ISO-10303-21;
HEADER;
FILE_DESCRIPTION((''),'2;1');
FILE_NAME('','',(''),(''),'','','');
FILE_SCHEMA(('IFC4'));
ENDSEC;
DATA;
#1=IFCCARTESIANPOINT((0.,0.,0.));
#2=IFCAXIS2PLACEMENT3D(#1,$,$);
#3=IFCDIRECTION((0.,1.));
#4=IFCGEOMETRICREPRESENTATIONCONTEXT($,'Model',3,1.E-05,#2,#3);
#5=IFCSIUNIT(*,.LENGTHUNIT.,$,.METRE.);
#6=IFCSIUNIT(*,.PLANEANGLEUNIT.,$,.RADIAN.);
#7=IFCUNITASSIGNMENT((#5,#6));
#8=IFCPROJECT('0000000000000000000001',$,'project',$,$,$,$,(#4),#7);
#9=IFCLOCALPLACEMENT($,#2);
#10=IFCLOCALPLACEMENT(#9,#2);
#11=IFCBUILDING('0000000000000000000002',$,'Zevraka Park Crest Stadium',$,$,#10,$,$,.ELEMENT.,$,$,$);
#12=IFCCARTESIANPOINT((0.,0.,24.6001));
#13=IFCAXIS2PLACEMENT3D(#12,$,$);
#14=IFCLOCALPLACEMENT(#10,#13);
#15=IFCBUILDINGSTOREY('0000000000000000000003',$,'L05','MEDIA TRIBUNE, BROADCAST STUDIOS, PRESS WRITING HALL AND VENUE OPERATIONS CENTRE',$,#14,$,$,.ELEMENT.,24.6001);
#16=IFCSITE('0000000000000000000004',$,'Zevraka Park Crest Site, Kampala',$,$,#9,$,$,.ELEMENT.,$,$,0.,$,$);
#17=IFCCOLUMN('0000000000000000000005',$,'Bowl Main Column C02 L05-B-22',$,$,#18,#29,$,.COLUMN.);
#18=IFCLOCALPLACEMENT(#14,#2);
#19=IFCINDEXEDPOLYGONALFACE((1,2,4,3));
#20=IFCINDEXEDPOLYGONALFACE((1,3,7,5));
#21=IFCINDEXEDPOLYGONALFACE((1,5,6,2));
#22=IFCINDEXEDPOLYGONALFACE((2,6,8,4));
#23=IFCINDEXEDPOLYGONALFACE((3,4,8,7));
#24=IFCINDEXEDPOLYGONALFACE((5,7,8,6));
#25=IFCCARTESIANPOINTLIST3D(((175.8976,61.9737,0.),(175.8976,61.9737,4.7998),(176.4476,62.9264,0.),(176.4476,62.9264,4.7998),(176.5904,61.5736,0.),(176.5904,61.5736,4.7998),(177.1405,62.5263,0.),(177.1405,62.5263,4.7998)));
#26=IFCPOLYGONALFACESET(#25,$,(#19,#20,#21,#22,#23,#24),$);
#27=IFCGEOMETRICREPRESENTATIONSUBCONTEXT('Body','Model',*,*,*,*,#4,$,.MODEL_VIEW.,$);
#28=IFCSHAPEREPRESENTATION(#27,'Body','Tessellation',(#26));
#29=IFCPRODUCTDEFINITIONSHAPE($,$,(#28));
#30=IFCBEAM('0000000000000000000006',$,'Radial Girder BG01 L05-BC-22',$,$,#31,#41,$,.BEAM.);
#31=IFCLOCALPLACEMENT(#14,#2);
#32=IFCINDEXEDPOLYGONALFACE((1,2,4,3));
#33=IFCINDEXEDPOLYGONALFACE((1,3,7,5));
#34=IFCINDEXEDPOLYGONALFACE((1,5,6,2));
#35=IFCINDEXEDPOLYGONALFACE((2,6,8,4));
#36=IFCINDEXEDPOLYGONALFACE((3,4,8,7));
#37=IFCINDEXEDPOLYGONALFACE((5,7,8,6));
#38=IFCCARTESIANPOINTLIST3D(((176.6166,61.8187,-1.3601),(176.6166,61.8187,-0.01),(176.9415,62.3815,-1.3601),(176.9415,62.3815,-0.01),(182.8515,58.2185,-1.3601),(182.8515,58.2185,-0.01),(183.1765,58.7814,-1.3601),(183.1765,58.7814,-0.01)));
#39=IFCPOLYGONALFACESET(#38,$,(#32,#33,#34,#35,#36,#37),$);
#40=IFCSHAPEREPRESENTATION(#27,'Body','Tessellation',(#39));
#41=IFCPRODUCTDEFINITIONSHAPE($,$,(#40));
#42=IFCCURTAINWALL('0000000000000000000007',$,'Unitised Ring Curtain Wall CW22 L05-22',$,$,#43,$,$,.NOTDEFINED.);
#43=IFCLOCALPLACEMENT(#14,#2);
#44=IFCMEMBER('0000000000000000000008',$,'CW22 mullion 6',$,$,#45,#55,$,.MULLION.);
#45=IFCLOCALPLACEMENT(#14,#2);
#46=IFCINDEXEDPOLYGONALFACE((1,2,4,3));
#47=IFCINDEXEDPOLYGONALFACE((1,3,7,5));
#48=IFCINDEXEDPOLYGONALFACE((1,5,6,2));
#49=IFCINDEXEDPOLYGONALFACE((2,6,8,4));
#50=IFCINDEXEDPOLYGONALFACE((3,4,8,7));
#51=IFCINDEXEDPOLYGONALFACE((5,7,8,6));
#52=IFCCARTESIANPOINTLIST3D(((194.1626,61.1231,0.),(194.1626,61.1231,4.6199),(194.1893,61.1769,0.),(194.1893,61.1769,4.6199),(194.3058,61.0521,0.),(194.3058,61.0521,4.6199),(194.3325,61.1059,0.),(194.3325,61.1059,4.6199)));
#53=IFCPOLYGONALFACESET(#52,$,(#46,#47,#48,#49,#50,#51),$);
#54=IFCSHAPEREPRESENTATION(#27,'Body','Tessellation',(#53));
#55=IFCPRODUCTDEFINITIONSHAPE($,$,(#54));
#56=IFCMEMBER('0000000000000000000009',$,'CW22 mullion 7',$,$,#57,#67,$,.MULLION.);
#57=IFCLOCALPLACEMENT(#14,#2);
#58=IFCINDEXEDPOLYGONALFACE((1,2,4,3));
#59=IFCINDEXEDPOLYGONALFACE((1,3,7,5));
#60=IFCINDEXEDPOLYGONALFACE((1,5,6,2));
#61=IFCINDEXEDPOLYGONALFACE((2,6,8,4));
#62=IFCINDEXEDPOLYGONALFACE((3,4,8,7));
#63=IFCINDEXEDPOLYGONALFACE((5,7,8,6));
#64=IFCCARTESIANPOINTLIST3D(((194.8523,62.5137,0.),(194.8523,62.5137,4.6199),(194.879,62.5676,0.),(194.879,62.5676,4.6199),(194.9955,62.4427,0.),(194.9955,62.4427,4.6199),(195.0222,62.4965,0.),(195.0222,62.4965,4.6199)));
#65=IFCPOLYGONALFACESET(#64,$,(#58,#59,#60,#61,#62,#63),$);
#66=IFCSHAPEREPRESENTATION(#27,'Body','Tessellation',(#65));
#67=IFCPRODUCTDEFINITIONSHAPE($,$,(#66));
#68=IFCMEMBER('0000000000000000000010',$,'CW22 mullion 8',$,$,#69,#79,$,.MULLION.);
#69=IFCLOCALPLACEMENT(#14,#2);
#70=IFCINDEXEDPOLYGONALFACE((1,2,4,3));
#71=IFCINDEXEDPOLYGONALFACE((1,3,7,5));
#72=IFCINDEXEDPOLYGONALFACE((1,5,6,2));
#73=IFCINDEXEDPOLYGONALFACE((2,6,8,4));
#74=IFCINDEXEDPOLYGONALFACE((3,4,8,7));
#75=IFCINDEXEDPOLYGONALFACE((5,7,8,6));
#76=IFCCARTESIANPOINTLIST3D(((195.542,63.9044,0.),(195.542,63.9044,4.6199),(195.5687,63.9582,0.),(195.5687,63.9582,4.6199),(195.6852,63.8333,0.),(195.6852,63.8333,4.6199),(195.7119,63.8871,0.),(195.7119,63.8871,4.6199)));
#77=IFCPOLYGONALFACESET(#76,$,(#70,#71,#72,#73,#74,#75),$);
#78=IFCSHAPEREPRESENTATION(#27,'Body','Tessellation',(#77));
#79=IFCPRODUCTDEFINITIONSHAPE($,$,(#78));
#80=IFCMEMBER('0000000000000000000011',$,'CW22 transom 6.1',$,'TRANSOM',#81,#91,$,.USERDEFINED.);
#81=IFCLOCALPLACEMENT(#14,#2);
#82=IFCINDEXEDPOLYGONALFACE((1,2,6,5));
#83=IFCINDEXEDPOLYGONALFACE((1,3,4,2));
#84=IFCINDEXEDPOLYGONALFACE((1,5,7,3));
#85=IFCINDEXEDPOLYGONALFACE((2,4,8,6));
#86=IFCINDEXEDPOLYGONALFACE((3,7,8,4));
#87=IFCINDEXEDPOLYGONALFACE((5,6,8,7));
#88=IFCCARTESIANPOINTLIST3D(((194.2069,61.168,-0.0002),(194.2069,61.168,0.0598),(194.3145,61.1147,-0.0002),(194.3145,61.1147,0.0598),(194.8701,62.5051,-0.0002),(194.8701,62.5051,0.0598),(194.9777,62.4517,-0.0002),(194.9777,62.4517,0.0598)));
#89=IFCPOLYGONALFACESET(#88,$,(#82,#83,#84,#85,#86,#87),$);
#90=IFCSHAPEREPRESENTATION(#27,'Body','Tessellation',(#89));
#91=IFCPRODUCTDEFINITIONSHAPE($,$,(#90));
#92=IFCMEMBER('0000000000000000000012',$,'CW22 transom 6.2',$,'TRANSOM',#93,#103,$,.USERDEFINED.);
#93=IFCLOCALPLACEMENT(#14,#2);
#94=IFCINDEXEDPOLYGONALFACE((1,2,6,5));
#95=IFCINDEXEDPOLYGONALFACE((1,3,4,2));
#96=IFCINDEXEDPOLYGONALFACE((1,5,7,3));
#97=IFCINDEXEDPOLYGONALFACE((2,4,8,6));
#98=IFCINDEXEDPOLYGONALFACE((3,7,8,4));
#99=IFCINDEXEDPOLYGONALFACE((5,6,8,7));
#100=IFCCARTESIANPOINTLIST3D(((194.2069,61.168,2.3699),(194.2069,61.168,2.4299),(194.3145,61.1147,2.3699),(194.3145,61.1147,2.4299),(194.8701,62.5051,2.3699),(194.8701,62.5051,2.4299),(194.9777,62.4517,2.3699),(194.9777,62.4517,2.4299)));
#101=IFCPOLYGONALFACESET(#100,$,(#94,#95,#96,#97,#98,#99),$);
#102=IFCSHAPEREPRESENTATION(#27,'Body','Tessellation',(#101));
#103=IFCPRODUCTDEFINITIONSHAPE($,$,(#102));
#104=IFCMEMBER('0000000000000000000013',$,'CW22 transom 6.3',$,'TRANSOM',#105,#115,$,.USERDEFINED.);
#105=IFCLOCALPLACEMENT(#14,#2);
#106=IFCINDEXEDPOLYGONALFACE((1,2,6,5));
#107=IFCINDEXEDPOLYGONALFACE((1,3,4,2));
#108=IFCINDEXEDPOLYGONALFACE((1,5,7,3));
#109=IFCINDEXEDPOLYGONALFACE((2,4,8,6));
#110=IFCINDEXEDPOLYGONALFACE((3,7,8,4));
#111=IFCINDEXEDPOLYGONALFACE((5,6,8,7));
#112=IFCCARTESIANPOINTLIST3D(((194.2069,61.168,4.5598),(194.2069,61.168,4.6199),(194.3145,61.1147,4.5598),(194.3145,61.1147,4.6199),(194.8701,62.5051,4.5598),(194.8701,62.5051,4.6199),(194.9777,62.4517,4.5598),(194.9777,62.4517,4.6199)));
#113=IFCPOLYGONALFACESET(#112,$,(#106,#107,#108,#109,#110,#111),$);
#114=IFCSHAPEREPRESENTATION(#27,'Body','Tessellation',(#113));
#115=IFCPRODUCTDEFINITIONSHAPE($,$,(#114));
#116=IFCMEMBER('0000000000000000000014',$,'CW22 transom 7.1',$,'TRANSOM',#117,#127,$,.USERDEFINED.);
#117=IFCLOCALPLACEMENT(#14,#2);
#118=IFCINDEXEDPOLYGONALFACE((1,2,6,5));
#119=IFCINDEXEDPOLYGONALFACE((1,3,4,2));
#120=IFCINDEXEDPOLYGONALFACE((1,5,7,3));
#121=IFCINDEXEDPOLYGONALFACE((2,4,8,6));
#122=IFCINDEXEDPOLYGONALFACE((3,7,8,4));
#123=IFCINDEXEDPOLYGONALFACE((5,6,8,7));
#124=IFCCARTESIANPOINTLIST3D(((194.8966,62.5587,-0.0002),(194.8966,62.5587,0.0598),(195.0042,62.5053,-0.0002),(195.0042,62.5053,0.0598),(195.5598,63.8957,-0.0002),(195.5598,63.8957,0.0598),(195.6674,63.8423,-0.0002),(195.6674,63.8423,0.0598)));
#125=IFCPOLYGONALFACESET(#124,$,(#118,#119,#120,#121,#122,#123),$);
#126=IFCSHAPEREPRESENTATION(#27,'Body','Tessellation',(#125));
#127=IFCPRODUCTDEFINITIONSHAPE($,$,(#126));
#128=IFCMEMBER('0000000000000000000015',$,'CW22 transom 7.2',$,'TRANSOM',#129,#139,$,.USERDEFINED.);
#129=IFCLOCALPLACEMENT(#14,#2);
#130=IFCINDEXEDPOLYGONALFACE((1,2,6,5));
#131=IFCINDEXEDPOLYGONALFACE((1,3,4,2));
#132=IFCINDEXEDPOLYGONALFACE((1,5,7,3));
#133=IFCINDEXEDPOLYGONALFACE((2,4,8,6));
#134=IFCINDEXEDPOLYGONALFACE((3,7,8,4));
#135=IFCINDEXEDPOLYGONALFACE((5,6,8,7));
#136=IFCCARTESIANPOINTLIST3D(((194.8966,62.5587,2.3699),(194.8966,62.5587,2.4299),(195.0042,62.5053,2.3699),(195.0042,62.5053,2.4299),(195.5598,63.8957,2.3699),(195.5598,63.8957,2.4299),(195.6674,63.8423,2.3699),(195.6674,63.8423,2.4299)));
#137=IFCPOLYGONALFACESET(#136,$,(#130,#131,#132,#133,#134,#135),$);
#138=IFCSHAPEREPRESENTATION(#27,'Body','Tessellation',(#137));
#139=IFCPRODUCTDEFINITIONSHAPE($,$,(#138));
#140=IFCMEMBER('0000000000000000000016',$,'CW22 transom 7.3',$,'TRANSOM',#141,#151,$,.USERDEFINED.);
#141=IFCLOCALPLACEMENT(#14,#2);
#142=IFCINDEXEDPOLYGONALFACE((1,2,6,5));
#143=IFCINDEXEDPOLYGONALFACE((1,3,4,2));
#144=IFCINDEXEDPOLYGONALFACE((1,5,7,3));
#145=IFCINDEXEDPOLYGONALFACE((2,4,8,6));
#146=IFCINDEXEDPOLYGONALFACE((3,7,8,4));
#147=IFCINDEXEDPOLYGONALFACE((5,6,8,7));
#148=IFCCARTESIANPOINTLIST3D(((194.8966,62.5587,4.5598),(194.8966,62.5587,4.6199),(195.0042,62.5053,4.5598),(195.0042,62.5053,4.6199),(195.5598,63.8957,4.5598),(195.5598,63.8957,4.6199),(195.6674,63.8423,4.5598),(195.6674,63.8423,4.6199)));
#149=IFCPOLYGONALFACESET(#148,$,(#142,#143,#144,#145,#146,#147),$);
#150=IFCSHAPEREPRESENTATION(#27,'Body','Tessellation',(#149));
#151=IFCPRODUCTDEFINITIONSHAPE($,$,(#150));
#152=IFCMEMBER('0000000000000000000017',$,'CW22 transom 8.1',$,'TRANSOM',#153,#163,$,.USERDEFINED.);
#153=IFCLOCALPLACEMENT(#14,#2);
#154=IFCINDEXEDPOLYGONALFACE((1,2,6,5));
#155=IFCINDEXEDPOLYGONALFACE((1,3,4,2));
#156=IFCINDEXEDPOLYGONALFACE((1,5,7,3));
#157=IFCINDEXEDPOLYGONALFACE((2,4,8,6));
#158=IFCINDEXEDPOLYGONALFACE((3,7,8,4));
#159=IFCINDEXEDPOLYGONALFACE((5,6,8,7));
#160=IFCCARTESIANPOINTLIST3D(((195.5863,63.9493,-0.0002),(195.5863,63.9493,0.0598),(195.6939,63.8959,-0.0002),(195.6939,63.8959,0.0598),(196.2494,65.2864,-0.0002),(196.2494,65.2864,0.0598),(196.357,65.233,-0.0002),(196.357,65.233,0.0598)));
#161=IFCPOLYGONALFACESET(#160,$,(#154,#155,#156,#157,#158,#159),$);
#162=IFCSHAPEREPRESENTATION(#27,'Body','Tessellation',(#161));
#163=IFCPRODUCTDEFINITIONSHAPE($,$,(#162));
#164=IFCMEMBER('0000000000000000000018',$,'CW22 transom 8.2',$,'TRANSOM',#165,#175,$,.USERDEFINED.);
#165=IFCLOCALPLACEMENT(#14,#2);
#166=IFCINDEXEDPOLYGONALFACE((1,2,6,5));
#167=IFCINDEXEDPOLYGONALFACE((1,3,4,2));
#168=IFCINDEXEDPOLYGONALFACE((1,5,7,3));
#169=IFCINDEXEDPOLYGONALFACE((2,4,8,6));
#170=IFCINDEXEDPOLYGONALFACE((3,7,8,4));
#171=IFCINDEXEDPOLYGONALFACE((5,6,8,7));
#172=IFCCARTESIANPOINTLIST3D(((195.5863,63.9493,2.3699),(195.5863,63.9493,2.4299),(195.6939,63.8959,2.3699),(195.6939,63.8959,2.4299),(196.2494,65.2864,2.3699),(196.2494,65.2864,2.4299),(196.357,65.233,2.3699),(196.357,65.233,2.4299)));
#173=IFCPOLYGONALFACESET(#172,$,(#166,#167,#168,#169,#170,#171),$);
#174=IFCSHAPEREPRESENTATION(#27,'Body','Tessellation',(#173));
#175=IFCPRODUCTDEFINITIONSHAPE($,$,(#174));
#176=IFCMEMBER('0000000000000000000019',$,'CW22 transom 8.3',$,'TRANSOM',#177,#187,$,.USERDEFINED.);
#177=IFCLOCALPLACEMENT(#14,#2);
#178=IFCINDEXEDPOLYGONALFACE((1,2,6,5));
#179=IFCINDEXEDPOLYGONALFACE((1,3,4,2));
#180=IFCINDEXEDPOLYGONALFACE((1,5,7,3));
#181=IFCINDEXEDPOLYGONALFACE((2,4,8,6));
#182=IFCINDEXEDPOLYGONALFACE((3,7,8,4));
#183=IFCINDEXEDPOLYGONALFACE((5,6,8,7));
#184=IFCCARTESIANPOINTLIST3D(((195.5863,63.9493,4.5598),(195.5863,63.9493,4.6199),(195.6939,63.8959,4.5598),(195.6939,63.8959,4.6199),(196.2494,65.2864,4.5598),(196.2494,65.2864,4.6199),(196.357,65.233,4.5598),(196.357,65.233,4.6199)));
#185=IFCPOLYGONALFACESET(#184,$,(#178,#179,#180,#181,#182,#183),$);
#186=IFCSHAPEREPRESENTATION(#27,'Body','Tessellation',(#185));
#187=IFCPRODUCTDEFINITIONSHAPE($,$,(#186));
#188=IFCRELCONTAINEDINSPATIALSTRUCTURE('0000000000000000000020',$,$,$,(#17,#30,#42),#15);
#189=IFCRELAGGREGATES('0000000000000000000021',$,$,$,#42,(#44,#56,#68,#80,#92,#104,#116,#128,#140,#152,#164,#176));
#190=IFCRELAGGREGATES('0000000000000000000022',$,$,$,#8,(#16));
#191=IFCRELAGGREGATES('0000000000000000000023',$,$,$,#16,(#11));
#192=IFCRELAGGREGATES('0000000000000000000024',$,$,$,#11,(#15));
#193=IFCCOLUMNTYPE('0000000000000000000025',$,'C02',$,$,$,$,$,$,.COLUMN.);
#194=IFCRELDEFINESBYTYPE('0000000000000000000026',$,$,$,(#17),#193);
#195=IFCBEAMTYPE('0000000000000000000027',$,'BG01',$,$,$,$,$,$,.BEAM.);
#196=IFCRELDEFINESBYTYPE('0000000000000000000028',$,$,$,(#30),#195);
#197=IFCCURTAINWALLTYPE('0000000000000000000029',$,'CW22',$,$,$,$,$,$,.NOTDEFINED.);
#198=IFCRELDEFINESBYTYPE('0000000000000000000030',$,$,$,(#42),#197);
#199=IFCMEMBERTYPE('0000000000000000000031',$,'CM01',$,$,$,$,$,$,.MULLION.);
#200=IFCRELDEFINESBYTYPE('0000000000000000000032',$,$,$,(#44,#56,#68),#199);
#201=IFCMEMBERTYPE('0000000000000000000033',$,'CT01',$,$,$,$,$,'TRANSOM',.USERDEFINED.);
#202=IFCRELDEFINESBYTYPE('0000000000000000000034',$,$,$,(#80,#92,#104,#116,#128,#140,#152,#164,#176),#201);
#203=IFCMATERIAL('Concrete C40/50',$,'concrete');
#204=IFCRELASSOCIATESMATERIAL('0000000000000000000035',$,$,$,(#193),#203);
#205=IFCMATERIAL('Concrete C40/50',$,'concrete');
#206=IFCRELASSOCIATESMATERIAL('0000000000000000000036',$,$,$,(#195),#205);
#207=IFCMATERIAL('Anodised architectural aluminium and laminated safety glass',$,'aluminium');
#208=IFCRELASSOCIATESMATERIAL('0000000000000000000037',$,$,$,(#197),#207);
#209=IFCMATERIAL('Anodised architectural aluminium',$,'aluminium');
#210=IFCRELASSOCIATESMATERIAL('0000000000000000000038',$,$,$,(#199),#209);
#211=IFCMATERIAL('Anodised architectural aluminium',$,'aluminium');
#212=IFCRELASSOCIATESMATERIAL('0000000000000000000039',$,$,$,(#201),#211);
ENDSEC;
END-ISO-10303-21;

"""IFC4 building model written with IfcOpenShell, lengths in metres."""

from ifc_helpers import new_model, si_unit, direction, frame, origin, origin_2d, place, context, subcontext, project, spatial, rectangle, extrude, material, material_profile, profile_set, type_object, element, aggregate, save


model = new_model("IFC4")

# Units and contexts
model_context = context("Model", 3, precision=1e-05, world=origin(), true_north=direction((0.0, 1.0)))
body_context = subcontext(model_context, "Body", "Model", "MODEL_VIEW")
ifc_project = project(units=[si_unit("LENGTHUNIT", "METRE"), si_unit("PLANEANGLEUNIT", "RADIAN")], contexts=[model_context])

# Site, building, storey
site_placement = place(None, origin())
site = spatial("IfcSite", under=ifc_project, at=site_placement, Name="Zevraka Park Crest Site, Kampala", CompositionType="ELEMENT", RefElevation=0.0)
building_placement = place(site_placement, origin())
building = spatial("IfcBuilding", under=site, at=building_placement, Name="Zevraka Park Crest Stadium", CompositionType="ELEMENT")
storey_placement = place(building_placement, frame((0.0, 0.0, 24.6001)))
storey = spatial("IfcBuildingStorey", under=building, at=storey_placement, Name="L05", Description="MEDIA TRIBUNE, BROADCAST STUDIOS, PRESS WRITING HALL AND VENUE OPERATIONS CENTRE", CompositionType="ELEMENT", Elevation=24.6001)

# Column
ifc_material_1 = material(Name="Concrete C40/50", Category="concrete")
ifc_material_profile_1 = material_profile(ifc_material_1, rectangle(XDim=0.8, YDim=1.1001, at=origin_2d()), Name="RC 1100x800")
ifc_profile_set_1 = profile_set([ifc_material_profile_1], Name="Concrete C40/50")
column_type = type_object("IfcColumnType", Name="C02", PredefinedType="COLUMN", material=ifc_profile_set_1)
column_placement = place(storey_placement, frame((176.519, 62.25, 0.0), z_axis=(0.0, 0.0, 1.0), x_axis=(-0.866025, 0.5, 0.0)))
element("IfcColumn", 1, at=column_placement, inside=storey, type_object=column_type, Name="Bowl Main Column C02 L05-B-22", PredefinedType="COLUMN", context=body_context, shape_type="SweptSolid", body=[
    extrude(rectangle(XDim=0.8, YDim=1.1001, at=origin_2d()), origin(), (0.0, 0.0, 1.0), 4.7998),
])

# Beam
ifc_material_2 = material(Name="Concrete C40/50", Category="concrete")
ifc_material_profile_2 = material_profile(ifc_material_2, rectangle(XDim=0.6499, YDim=1.3501, at=origin_2d()), Name="RC 1350x650")
ifc_profile_set_2 = profile_set([ifc_material_profile_2], Name="Concrete C40/50")
beam_type_1 = type_object("IfcBeamType", Name="BG01", PredefinedType="BEAM", material=ifc_profile_set_2)
beam_1_placement = place(storey_placement, frame((176.7791, 62.1001, -0.6851), z_axis=(0.866001, -0.500041, 0.0), x_axis=(0.500041, 0.866001, 0.0)))
element("IfcBeam", 2, at=beam_1_placement, inside=storey, type_object=beam_type_1, Name="Radial Girder BG01 L05-BC-22", PredefinedType="BEAM", context=body_context, shape_type="SweptSolid", body=[
    extrude(rectangle(XDim=0.6499, YDim=1.3501, at=origin_2d()), origin(), (0.0, 0.0, 1.0), 7.1997),
])

# Curtain wall, members
ifc_material_3 = material(Name="Anodised architectural aluminium and laminated safety glass", Category="aluminium")
curtain_wall_type = type_object("IfcCurtainWallType", Name="CW22", PredefinedType="NOTDEFINED", material=ifc_material_3)
curtain_wall_placement = place(storey_placement, origin())
curtain_wall = element("IfcCurtainWall", 3, at=curtain_wall_placement, inside=storey, type_object=curtain_wall_type, Name="Unitised Ring Curtain Wall CW22 L05-22", PredefinedType="NOTDEFINED")
ifc_material_4 = material(Name="Anodised architectural aluminium", Category="aluminium")
ifc_material_profile_3 = material_profile(ifc_material_4, rectangle(XDim=0.1599, YDim=0.0601, at=origin_2d()), Name="ALU MULLION 160x60")
ifc_profile_set_3 = profile_set([ifc_material_profile_3], Name="Anodised architectural aluminium")
member_type_1 = type_object("IfcMemberType", Name="CM01", PredefinedType="MULLION", material=ifc_profile_set_3)
member_1_placement = place(storey_placement, frame((194.2476, 61.1145, 0.0), z_axis=(0.0, 0.0, 1.0), x_axis=(-0.895879, 0.444297, 0.0)))
member_1 = element("IfcMember", 4, at=member_1_placement, type_object=member_type_1, Name="CW22 mullion 6", PredefinedType="MULLION", context=body_context, shape_type="SweptSolid", body=[
    extrude(rectangle(XDim=0.1599, YDim=0.0601, at=origin_2d()), origin(), (0.0, 0.0, 1.0), 4.6199),
])
member_2_placement = place(storey_placement, frame((194.9373, 62.5051, 0.0), z_axis=(0.0, 0.0, 1.0), x_axis=(-0.895879, 0.444297, 0.0)))
member_2 = element("IfcMember", 5, at=member_2_placement, type_object=member_type_1, Name="CW22 mullion 7", PredefinedType="MULLION", context=body_context, shape_type="SweptSolid", body=[
    extrude(rectangle(XDim=0.1599, YDim=0.0601, at=origin_2d()), origin(), (0.0, 0.0, 1.0), 4.6199),
])
member_3_placement = place(storey_placement, frame((195.627, 63.8958, 0.0), z_axis=(0.0, 0.0, 1.0), x_axis=(-0.895879, 0.444297, 0.0)))
member_3 = element("IfcMember", 6, at=member_3_placement, type_object=member_type_1, Name="CW22 mullion 8", PredefinedType="MULLION", context=body_context, shape_type="SweptSolid", body=[
    extrude(rectangle(XDim=0.1599, YDim=0.0601, at=origin_2d()), origin(), (0.0, 0.0, 1.0), 4.6199),
])
ifc_material_5 = material(Name="Anodised architectural aluminium", Category="aluminium")
ifc_material_profile_4 = material_profile(ifc_material_5, rectangle(XDim=0.1201, YDim=0.0601, at=origin_2d()), Name="ALU TRANSOM 120x60")
ifc_profile_set_4 = profile_set([ifc_material_profile_4], Name="Anodised architectural aluminium")
member_type_2 = type_object("IfcMemberType", Name="CT01", ElementType="TRANSOM", PredefinedType="USERDEFINED", material=ifc_profile_set_4)
member_4_placement = place(storey_placement, frame((194.2607, 61.1414, 0.0298), z_axis=(0.444332, 0.895862, 0.0), x_axis=(-0.895862, 0.444332, 0.0)))
member_4 = element("IfcMember", 7, at=member_4_placement, type_object=member_type_2, Name="CW22 transom 6.1", ObjectType="TRANSOM", PredefinedType="USERDEFINED", context=body_context, shape_type="SweptSolid", body=[
    extrude(rectangle(XDim=0.1201, YDim=0.0601, at=origin_2d()), origin(), (0.0, 0.0, 1.0), 1.4924),
])
member_5_placement = place(storey_placement, frame((194.2607, 61.1414, 2.3999), z_axis=(0.444332, 0.895862, 0.0), x_axis=(-0.895862, 0.444332, 0.0)))
member_5 = element("IfcMember", 8, at=member_5_placement, type_object=member_type_2, Name="CW22 transom 6.2", ObjectType="TRANSOM", PredefinedType="USERDEFINED", context=body_context, shape_type="SweptSolid", body=[
    extrude(rectangle(XDim=0.1201, YDim=0.0601, at=origin_2d()), origin(), (0.0, 0.0, 1.0), 1.4924),
])
member_6_placement = place(storey_placement, frame((194.2607, 61.1414, 4.5898), z_axis=(0.444332, 0.895862, 0.0), x_axis=(-0.895862, 0.444332, 0.0)))
member_6 = element("IfcMember", 9, at=member_6_placement, type_object=member_type_2, Name="CW22 transom 6.3", ObjectType="TRANSOM", PredefinedType="USERDEFINED", context=body_context, shape_type="SweptSolid", body=[
    extrude(rectangle(XDim=0.1201, YDim=0.0601, at=origin_2d()), origin(), (0.0, 0.0, 1.0), 1.4924),
])
member_7_placement = place(storey_placement, frame((194.9504, 62.532, 0.0298), z_axis=(0.444332, 0.895862, 0.0), x_axis=(-0.895862, 0.444332, 0.0)))
member_7 = element("IfcMember", 10, at=member_7_placement, type_object=member_type_2, Name="CW22 transom 7.1", ObjectType="TRANSOM", PredefinedType="USERDEFINED", context=body_context, shape_type="SweptSolid", body=[
    extrude(rectangle(XDim=0.1201, YDim=0.0601, at=origin_2d()), origin(), (0.0, 0.0, 1.0), 1.4924),
])
member_8_placement = place(storey_placement, frame((194.9504, 62.532, 2.3999), z_axis=(0.444332, 0.895862, 0.0), x_axis=(-0.895862, 0.444332, 0.0)))
member_8 = element("IfcMember", 11, at=member_8_placement, type_object=member_type_2, Name="CW22 transom 7.2", ObjectType="TRANSOM", PredefinedType="USERDEFINED", context=body_context, shape_type="SweptSolid", body=[
    extrude(rectangle(XDim=0.1201, YDim=0.0601, at=origin_2d()), origin(), (0.0, 0.0, 1.0), 1.4924),
])
member_9_placement = place(storey_placement, frame((194.9504, 62.532, 4.5898), z_axis=(0.444332, 0.895862, 0.0), x_axis=(-0.895862, 0.444332, 0.0)))
member_9 = element("IfcMember", 12, at=member_9_placement, type_object=member_type_2, Name="CW22 transom 7.3", ObjectType="TRANSOM", PredefinedType="USERDEFINED", context=body_context, shape_type="SweptSolid", body=[
    extrude(rectangle(XDim=0.1201, YDim=0.0601, at=origin_2d()), origin(), (0.0, 0.0, 1.0), 1.4924),
])
member_10_placement = place(storey_placement, frame((195.6401, 63.9226, 0.0298), z_axis=(0.444267, 0.895895, 0.0), x_axis=(-0.895895, 0.444267, 0.0)))
member_10 = element("IfcMember", 13, at=member_10_placement, type_object=member_type_2, Name="CW22 transom 8.1", ObjectType="TRANSOM", PredefinedType="USERDEFINED", context=body_context, shape_type="SweptSolid", body=[
    extrude(rectangle(XDim=0.1201, YDim=0.0601, at=origin_2d()), origin(), (0.0, 0.0, 1.0), 1.4924),
])
member_11_placement = place(storey_placement, frame((195.6401, 63.9226, 2.3999), z_axis=(0.444267, 0.895895, 0.0), x_axis=(-0.895895, 0.444267, 0.0)))
member_11 = element("IfcMember", 14, at=member_11_placement, type_object=member_type_2, Name="CW22 transom 8.2", ObjectType="TRANSOM", PredefinedType="USERDEFINED", context=body_context, shape_type="SweptSolid", body=[
    extrude(rectangle(XDim=0.1201, YDim=0.0601, at=origin_2d()), origin(), (0.0, 0.0, 1.0), 1.4924),
])
member_12_placement = place(storey_placement, frame((195.6401, 63.9226, 4.5898), z_axis=(0.444267, 0.895895, 0.0), x_axis=(-0.895895, 0.444267, 0.0)))
member_12 = element("IfcMember", 15, at=member_12_placement, type_object=member_type_2, Name="CW22 transom 8.3", ObjectType="TRANSOM", PredefinedType="USERDEFINED", context=body_context, shape_type="SweptSolid", body=[
    extrude(rectangle(XDim=0.1201, YDim=0.0601, at=origin_2d()), origin(), (0.0, 0.0, 1.0), 1.4924),
])

aggregate(curtain_wall, [member_1, member_2, member_3, member_4, member_5, member_6, member_7, member_8, member_9, member_10, member_11, member_12])

save(model, "model.ifc")
